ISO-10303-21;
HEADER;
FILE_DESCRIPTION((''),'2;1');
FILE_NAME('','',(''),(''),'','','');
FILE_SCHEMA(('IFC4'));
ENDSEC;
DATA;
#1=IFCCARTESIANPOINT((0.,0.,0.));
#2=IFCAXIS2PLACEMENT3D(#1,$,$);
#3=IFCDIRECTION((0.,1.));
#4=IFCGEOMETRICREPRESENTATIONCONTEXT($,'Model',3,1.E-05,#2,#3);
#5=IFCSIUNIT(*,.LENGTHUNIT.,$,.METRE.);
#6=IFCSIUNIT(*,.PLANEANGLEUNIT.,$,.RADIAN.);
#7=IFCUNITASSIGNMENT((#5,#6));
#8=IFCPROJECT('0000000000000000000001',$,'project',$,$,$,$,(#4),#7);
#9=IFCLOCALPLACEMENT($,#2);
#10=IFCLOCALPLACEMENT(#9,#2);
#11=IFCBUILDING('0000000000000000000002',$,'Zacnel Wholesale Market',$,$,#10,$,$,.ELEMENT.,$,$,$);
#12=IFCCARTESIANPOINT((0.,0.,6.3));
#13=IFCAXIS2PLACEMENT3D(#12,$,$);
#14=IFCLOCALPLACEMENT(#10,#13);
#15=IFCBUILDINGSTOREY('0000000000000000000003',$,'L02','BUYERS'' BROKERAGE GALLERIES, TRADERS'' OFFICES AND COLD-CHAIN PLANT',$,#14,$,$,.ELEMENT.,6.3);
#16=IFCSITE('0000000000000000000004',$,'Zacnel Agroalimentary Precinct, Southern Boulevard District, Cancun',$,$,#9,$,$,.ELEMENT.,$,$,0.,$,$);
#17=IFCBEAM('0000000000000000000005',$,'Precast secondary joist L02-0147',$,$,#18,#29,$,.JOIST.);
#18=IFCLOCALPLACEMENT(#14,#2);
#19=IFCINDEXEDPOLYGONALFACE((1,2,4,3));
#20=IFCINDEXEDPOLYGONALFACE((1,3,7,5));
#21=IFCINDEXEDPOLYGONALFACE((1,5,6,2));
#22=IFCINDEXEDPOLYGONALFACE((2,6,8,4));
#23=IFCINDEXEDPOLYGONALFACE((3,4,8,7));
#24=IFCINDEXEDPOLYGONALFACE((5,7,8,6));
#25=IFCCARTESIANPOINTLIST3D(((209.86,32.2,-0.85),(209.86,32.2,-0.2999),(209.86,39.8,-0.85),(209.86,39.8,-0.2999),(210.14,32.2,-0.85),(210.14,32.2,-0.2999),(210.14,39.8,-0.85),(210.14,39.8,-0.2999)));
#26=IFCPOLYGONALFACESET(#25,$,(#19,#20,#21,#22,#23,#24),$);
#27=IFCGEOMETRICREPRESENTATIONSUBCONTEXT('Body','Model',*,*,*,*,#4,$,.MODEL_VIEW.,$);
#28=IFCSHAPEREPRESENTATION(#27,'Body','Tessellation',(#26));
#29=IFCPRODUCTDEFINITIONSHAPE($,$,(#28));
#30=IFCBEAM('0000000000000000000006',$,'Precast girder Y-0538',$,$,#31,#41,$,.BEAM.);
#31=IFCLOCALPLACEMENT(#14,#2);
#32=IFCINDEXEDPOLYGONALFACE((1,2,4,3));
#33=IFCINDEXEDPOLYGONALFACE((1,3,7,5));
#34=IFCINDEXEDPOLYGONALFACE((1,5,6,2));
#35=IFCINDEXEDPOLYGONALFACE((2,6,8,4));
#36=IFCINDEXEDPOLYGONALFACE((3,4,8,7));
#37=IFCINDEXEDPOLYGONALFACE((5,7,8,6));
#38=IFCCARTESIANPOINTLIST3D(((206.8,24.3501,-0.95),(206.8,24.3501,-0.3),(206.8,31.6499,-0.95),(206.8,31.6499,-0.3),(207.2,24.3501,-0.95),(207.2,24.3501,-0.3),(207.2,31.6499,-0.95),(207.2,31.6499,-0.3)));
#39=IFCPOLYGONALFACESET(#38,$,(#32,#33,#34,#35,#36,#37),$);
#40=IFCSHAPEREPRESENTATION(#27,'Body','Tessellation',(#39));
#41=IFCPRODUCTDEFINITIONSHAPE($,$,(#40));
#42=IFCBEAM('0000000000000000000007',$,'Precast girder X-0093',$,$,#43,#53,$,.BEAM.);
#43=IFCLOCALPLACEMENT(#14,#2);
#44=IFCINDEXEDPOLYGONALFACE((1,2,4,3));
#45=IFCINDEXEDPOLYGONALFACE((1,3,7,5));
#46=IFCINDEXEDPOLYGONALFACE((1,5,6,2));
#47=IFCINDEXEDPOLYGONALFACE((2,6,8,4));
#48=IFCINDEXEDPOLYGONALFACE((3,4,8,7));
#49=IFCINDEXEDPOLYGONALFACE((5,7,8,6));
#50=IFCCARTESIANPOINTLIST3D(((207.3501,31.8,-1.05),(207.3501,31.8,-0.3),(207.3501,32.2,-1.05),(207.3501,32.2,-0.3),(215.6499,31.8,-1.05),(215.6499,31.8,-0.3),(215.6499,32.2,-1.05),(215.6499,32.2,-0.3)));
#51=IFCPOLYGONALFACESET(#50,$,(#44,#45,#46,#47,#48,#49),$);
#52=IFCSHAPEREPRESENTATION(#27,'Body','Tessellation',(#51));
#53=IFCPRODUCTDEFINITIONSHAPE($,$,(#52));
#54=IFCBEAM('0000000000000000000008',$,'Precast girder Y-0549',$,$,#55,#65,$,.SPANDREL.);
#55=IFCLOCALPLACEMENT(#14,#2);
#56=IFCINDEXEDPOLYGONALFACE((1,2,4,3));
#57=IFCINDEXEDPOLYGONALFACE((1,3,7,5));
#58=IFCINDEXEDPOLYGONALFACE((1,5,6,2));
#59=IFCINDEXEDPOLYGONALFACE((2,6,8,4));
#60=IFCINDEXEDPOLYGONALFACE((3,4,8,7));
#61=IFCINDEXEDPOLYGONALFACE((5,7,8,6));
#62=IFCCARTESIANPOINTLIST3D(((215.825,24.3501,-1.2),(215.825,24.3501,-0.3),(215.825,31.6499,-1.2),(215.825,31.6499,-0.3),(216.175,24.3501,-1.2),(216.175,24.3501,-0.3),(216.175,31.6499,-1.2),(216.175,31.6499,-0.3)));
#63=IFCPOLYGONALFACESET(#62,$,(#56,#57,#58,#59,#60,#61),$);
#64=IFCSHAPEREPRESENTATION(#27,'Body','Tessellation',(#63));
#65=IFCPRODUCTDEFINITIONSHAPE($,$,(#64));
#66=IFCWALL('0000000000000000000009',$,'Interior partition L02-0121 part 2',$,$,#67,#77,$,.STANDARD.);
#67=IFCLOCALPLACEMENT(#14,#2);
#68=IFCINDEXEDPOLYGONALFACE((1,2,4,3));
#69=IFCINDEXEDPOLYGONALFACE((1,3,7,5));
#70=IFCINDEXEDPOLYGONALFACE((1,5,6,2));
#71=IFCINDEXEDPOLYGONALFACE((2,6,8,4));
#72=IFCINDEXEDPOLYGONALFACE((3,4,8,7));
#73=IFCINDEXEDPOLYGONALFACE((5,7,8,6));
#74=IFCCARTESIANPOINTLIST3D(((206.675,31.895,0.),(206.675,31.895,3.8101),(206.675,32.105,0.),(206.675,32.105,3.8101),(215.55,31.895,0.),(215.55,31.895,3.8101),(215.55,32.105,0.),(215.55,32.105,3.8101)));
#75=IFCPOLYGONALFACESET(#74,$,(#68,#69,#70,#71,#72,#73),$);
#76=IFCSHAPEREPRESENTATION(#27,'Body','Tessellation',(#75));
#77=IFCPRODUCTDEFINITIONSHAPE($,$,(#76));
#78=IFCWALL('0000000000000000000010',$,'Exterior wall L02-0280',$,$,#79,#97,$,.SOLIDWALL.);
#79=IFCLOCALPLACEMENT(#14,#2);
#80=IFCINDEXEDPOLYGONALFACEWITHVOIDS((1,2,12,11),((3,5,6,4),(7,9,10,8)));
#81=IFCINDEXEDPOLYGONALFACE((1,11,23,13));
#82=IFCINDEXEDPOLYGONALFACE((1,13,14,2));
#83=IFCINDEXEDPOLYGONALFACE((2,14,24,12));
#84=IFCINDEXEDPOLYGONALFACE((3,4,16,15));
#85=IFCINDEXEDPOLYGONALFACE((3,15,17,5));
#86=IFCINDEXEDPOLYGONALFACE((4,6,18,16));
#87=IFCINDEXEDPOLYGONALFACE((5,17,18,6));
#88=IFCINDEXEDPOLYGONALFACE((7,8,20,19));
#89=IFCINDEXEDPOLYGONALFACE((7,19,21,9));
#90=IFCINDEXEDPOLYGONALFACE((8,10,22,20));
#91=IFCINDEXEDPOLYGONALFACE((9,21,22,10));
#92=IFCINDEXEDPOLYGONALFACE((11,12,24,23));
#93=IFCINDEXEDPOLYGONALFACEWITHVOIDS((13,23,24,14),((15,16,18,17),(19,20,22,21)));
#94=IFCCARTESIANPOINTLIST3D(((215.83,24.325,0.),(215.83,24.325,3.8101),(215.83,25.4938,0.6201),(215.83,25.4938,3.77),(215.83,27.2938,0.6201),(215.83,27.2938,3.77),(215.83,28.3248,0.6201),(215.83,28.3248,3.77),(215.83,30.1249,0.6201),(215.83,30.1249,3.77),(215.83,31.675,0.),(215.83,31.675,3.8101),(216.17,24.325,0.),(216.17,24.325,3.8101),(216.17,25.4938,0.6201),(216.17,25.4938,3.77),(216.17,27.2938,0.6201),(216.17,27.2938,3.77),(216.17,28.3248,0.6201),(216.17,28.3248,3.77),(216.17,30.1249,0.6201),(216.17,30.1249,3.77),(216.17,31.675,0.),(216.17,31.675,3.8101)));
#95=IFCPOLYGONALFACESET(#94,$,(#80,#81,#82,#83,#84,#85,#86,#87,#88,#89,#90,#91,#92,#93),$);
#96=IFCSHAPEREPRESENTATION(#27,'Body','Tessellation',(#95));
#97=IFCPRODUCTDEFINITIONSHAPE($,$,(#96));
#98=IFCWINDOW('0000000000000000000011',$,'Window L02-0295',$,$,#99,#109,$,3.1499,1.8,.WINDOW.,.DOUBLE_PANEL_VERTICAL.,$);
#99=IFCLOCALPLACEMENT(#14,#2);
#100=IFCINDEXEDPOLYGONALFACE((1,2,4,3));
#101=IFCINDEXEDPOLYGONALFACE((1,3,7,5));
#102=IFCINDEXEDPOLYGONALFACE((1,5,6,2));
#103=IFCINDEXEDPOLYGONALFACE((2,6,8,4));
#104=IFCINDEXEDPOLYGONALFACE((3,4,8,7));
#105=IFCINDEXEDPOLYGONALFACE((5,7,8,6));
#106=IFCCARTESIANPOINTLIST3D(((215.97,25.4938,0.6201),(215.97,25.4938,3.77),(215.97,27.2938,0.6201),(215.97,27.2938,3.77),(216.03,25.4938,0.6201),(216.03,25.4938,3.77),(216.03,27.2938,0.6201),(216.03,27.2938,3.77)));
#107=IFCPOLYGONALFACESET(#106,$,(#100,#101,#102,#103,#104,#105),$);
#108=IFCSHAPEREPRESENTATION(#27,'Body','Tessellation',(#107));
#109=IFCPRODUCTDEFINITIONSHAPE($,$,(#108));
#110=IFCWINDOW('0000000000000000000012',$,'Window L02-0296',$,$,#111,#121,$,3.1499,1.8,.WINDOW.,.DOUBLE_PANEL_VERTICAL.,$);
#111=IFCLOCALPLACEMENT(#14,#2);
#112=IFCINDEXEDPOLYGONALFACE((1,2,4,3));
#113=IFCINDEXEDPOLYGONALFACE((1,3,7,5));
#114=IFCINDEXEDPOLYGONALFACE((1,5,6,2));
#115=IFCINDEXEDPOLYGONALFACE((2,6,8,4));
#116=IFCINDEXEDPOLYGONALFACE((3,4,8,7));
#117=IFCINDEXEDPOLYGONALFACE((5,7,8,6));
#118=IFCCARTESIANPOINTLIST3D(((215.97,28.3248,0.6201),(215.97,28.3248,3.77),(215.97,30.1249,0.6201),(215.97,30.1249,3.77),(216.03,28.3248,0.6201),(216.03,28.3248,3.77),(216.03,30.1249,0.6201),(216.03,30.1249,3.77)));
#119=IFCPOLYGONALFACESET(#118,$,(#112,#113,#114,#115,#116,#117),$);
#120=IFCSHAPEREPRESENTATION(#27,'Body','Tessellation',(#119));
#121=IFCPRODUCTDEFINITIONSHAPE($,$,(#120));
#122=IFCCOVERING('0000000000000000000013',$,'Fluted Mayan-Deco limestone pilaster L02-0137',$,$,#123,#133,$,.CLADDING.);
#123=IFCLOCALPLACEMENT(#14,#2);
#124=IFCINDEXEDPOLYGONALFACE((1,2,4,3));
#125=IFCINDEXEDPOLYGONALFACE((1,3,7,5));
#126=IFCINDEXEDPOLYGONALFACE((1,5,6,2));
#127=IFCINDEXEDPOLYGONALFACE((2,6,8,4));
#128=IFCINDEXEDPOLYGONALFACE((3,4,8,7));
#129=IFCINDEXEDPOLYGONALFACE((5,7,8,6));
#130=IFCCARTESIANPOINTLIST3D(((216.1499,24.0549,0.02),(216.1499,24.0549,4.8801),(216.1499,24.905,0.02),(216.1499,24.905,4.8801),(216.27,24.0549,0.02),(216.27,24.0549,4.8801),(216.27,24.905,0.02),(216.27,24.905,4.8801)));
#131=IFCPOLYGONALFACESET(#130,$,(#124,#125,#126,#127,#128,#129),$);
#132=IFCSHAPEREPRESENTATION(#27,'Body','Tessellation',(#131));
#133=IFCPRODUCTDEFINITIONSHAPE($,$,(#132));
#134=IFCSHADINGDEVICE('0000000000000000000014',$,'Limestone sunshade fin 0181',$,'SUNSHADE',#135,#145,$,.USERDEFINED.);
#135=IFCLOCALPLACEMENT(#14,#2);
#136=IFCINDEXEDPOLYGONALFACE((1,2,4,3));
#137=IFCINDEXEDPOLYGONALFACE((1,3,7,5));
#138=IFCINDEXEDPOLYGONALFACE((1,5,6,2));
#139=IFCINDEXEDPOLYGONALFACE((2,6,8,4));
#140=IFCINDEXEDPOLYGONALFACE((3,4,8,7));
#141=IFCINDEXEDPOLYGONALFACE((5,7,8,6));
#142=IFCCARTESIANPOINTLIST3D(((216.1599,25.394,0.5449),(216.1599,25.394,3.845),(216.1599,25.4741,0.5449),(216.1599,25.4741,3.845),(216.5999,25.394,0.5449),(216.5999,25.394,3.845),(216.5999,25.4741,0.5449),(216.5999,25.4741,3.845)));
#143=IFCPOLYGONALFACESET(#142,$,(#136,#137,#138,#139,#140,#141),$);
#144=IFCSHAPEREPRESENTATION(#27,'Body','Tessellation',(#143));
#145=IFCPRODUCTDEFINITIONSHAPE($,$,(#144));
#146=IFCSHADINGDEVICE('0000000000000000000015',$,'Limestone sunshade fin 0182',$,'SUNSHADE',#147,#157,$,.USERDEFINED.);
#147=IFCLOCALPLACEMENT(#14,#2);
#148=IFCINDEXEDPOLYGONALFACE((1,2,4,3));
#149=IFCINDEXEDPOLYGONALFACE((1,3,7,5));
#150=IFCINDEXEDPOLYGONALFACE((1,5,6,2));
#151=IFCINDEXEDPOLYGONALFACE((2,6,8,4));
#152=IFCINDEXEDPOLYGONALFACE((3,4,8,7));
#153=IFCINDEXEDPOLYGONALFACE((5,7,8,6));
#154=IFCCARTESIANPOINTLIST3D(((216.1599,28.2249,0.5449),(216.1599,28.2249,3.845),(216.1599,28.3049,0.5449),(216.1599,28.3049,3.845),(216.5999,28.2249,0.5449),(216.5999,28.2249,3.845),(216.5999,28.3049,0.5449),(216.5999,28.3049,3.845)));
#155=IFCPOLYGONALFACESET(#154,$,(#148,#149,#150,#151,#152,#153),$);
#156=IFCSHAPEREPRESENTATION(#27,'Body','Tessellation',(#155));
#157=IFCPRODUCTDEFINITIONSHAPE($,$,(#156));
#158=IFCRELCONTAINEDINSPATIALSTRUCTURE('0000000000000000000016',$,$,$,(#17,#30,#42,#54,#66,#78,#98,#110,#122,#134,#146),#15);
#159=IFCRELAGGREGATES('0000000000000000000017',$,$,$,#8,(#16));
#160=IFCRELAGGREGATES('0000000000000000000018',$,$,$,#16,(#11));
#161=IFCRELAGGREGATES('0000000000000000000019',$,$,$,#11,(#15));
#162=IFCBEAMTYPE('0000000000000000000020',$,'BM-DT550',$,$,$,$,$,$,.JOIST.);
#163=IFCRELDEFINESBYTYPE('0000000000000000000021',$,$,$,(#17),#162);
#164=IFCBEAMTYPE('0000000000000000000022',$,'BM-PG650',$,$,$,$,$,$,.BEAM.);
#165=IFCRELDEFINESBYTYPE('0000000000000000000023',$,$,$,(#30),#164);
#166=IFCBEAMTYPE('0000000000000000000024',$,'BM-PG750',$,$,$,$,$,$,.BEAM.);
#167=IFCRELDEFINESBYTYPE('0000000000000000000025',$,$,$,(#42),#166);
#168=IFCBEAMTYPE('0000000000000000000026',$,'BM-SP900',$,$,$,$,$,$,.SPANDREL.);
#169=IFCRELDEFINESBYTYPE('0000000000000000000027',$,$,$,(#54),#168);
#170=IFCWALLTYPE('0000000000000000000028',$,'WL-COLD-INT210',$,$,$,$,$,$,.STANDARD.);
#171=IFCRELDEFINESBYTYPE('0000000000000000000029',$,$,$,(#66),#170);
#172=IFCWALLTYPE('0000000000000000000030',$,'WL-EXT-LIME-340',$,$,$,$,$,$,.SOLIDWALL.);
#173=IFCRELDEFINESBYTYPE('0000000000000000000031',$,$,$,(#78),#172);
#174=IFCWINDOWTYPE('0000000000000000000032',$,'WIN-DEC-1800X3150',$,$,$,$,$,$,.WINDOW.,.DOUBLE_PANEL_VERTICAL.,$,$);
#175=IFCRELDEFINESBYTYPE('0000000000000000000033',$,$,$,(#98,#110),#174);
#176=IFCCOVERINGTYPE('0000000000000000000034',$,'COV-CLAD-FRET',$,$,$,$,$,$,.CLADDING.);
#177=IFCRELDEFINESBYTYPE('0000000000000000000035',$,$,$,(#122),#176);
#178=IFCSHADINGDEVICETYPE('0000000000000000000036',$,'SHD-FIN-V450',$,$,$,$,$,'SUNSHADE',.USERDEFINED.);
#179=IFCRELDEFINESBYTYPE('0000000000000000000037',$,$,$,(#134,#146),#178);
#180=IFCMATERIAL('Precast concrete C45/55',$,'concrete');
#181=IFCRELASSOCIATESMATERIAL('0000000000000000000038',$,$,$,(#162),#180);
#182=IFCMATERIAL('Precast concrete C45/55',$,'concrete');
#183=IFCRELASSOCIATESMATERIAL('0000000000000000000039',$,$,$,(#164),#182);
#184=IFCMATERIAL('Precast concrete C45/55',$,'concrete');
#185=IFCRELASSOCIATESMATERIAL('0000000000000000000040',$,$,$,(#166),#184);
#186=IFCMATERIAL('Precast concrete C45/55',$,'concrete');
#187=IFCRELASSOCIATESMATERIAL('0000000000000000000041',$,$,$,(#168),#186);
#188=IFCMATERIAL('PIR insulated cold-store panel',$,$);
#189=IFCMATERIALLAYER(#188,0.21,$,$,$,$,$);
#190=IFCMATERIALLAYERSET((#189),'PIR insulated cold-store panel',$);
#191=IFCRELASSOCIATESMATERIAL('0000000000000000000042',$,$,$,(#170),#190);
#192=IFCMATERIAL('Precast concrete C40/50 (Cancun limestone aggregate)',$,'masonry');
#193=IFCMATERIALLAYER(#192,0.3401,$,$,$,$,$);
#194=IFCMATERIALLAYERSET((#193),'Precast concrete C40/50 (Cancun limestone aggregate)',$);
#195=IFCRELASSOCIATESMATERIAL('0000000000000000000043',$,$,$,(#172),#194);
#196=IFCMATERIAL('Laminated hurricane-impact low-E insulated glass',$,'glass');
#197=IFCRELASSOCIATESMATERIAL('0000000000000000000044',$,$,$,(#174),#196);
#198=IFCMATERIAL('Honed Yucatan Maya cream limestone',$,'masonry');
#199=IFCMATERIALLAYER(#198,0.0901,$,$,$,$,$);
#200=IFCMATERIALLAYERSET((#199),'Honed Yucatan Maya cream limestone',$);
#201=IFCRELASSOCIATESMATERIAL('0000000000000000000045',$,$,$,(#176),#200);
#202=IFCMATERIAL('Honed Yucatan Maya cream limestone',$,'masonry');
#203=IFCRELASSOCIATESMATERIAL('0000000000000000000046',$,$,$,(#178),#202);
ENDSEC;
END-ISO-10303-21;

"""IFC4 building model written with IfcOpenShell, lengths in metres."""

from ifc_helpers import new_model, si_unit, direction, frame, frame_2d, origin, origin_2d, place, context, subcontext, project, spatial, rectangle, extrude, material, layer, layer_set, material_profile, profile_set, type_object, element, fill, save


model = new_model("IFC4")

# Units and contexts
model_context = context("Model", 3, precision=1e-05, world=origin(), true_north=direction((0.0, 1.0)))
body_context = subcontext(model_context, "Body", "Model", "MODEL_VIEW")
ifc_project = project(units=[si_unit("LENGTHUNIT", "METRE"), si_unit("PLANEANGLEUNIT", "RADIAN")], contexts=[model_context])

# Site, building, storey
site_placement = place(None, origin())
site = spatial("IfcSite", under=ifc_project, at=site_placement, Name="Zacnel Agroalimentary Precinct, Southern Boulevard District, Cancun", CompositionType="ELEMENT", RefElevation=0.0)
building_placement = place(site_placement, origin())
building = spatial("IfcBuilding", under=site, at=building_placement, Name="Zacnel Wholesale Market", CompositionType="ELEMENT")
storey_placement = place(building_placement, frame((0.0, 0.0, 6.3)))
storey = spatial("IfcBuildingStorey", under=building, at=storey_placement, Name="L02", Description="BUYERS' BROKERAGE GALLERIES, TRADERS' OFFICES AND COLD-CHAIN PLANT", CompositionType="ELEMENT", Elevation=6.3)

# Beams
ifc_material_1 = material(Name="Precast concrete C45/55", Category="concrete")
ifc_material_profile_1 = material_profile(ifc_material_1, rectangle(XDim=0.28, YDim=0.55, at=origin_2d()), Name="DT RIB 280x550")
ifc_profile_set_1 = profile_set([ifc_material_profile_1], Name="Precast concrete C45/55")
beam_type_1 = type_object("IfcBeamType", Name="BM-DT550", PredefinedType="JOIST", material=ifc_profile_set_1)
for number, where, z_axis, x_axis, name in (
    (1, (210.0, 32.2, -0.575), (0.0, 1.0, 0.0), (-1.0, 0.0, 0.0), "Precast secondary joist L02-0147"),
):
    element("IfcBeam", number, at=place(storey_placement, frame(where, z_axis=z_axis, x_axis=x_axis)), inside=storey, type_object=beam_type_1, Name=name, PredefinedType="JOIST", context=body_context, shape_type="SweptSolid", body=[
        extrude(rectangle(XDim=0.28, YDim=0.55, at=origin_2d()), origin(), (0.0, 0.0, 1.0), 7.6001),
    ])
ifc_material_2 = material(Name="Precast concrete C45/55", Category="concrete")
ifc_material_profile_2 = material_profile(ifc_material_2, rectangle(XDim=0.3999, YDim=0.6499, at=origin_2d()), Name="PG 400x650")
ifc_profile_set_2 = profile_set([ifc_material_profile_2], Name="Precast concrete C45/55")
beam_type_2 = type_object("IfcBeamType", Name="BM-PG650", PredefinedType="BEAM", material=ifc_profile_set_2)
beam_1_placement = place(storey_placement, frame((207.0, 24.3501, -0.625), z_axis=(0.0, 1.0, 0.0), x_axis=(-1.0, 0.0, 0.0)))
element("IfcBeam", 2, at=beam_1_placement, inside=storey, type_object=beam_type_2, Name="Precast girder Y-0538", PredefinedType="BEAM", context=body_context, shape_type="SweptSolid", body=[
    extrude(rectangle(XDim=0.3999, YDim=0.6499, at=origin_2d()), origin(), (0.0, 0.0, 1.0), 7.2998),
])
ifc_material_3 = material(Name="Precast concrete C45/55", Category="concrete")
ifc_material_profile_3 = material_profile(ifc_material_3, rectangle(XDim=0.3999, YDim=0.75, at=origin_2d()), Name="PG 400x750")
ifc_profile_set_3 = profile_set([ifc_material_profile_3], Name="Precast concrete C45/55")
beam_type_3 = type_object("IfcBeamType", Name="BM-PG750", PredefinedType="BEAM", material=ifc_profile_set_3)
beam_2_placement = place(storey_placement, frame((207.3501, 32.0, -0.675), z_axis=(1.0, 0.0, 0.0), x_axis=(0.0, 1.0, 0.0)))
element("IfcBeam", 3, at=beam_2_placement, inside=storey, type_object=beam_type_3, Name="Precast girder X-0093", PredefinedType="BEAM", context=body_context, shape_type="SweptSolid", body=[
    extrude(rectangle(XDim=0.3999, YDim=0.75, at=origin_2d()), origin(), (0.0, 0.0, 1.0), 8.2998),
])
ifc_material_4 = material(Name="Precast concrete C45/55", Category="concrete")
ifc_material_profile_4 = material_profile(ifc_material_4, rectangle(XDim=0.3501, YDim=0.8999, at=origin_2d()), Name="SP 350x900")
ifc_profile_set_4 = profile_set([ifc_material_profile_4], Name="Precast concrete C45/55")
beam_type_4 = type_object("IfcBeamType", Name="BM-SP900", PredefinedType="SPANDREL", material=ifc_profile_set_4)
beam_3_placement = place(storey_placement, frame((216.0, 24.3501, -0.75), z_axis=(0.0, 1.0, 0.0), x_axis=(-1.0, 0.0, 0.0)))
element("IfcBeam", 4, at=beam_3_placement, inside=storey, type_object=beam_type_4, Name="Precast girder Y-0549", PredefinedType="SPANDREL", context=body_context, shape_type="SweptSolid", body=[
    extrude(rectangle(XDim=0.3501, YDim=0.8999, at=origin_2d()), origin(), (0.0, 0.0, 1.0), 7.2998),
])

# Wall
ifc_material_5 = material(Name="PIR insulated cold-store panel")
ifc_layer_1 = layer(ifc_material_5, 0.21)
ifc_layer_set_1 = layer_set([ifc_layer_1], Name="PIR insulated cold-store panel")
wall_type_1 = type_object("IfcWallType", Name="WL-COLD-INT210", PredefinedType="STANDARD", material=ifc_layer_set_1)
wall_1_placement = place(storey_placement, frame((206.675, 32.0, 0.0), z_axis=(0.0, 0.0, 1.0), x_axis=(1.0, 0.0, 0.0)))
element("IfcWall", 5, at=wall_1_placement, inside=storey, type_object=wall_type_1, Name="Interior partition L02-0121 part 2", PredefinedType="STANDARD", context=body_context, shape_type="SweptSolid", body=[
    extrude(rectangle(XDim=8.875, YDim=0.21, at=frame_2d((4.4375, 0.0))), origin(), (0.0, 0.0, 1.0), 3.8101),
])

# Wall, openings, windows
ifc_material_6 = material(Name="Precast concrete C40/50 (Cancun limestone aggregate)", Category="masonry")
ifc_layer_2 = layer(ifc_material_6, 0.3401)
ifc_layer_set_2 = layer_set([ifc_layer_2], Name="Precast concrete C40/50 (Cancun limestone aggregate)")
wall_type_2 = type_object("IfcWallType", Name="WL-EXT-LIME-340", PredefinedType="SOLIDWALL", material=ifc_layer_set_2)
wall_2_placement = place(storey_placement, frame((216.0, 24.325, 0.0), z_axis=(0.0, 0.0, 1.0), x_axis=(0.0, 1.0, 0.0)))
wall_2 = element("IfcWall", 6, at=wall_2_placement, inside=storey, type_object=wall_type_2, Name="Exterior wall L02-0280", PredefinedType="SOLIDWALL", context=body_context, shape_type="SweptSolid", body=[
    extrude(rectangle(XDim=7.3501, YDim=0.3401, at=frame_2d((3.675, 0.0))), origin(), (0.0, 0.0, 1.0), 3.8101),
])
opening_1_placement = place(wall_2_placement, frame((1.1689, 0.0, 0.6201)))
opening_1 = element("IfcOpeningElement", 7, at=opening_1_placement, cuts=wall_2, PredefinedType="OPENING", context=body_context, shape_type="SweptSolid", body=[
    extrude(rectangle(XDim=1.8, YDim=3.1499, at=frame_2d((0.8999, 1.575))), frame((0.0, 0.1799, 0.0), z_axis=(0.0, -1.0, 0.0), x_axis=(1.0, 0.0, 0.0)), (0.0, 0.0, 1.0), 0.3601),
])
opening_2_placement = place(wall_2_placement, frame((4.0, 0.0, 0.6201)))
opening_2 = element("IfcOpeningElement", 8, at=opening_2_placement, cuts=wall_2, PredefinedType="OPENING", context=body_context, shape_type="SweptSolid", body=[
    extrude(rectangle(XDim=1.8, YDim=3.1499, at=frame_2d((0.8999, 1.575))), frame((0.0, 0.1799, 0.0), z_axis=(0.0, -1.0, 0.0), x_axis=(1.0, 0.0, 0.0)), (0.0, 0.0, 1.0), 0.3601),
])
ifc_material_7 = material(Name="Laminated hurricane-impact low-E insulated glass", Category="glass")
window_type = type_object("IfcWindowType", Name="WIN-DEC-1800X3150", PartitioningType="DOUBLE_PANEL_VERTICAL", PredefinedType="WINDOW", material=ifc_material_7)
window_1_placement = place(opening_1_placement, origin())
window_1 = element("IfcWindow", 9, at=window_1_placement, inside=storey, type_object=window_type, Name="Window L02-0295", OverallHeight=3.1499, OverallWidth=1.8, PartitioningType="DOUBLE_PANEL_VERTICAL", PredefinedType="WINDOW", context=body_context, shape_type="SweptSolid", body=[
    extrude(rectangle(XDim=1.8, YDim=3.1499, at=frame_2d((0.8999, 1.575))), frame((0.0, 0.03, 0.0), z_axis=(0.0, -1.0, 0.0), x_axis=(1.0, 0.0, 0.0)), (0.0, 0.0, 1.0), 0.0601),
])
fill(opening_1, window_1)
window_2_placement = place(opening_2_placement, origin())
window_2 = element("IfcWindow", 10, at=window_2_placement, inside=storey, type_object=window_type, Name="Window L02-0296", OverallHeight=3.1499, OverallWidth=1.8, PartitioningType="DOUBLE_PANEL_VERTICAL", PredefinedType="WINDOW", context=body_context, shape_type="SweptSolid", body=[
    extrude(rectangle(XDim=1.8, YDim=3.1499, at=frame_2d((0.8999, 1.575))), frame((0.0, 0.03, 0.0), z_axis=(0.0, -1.0, 0.0), x_axis=(1.0, 0.0, 0.0)), (0.0, 0.0, 1.0), 0.0601),
])
fill(opening_2, window_2)

# Covering
ifc_material_8 = material(Name="Honed Yucatan Maya cream limestone", Category="masonry")
ifc_layer_3 = layer(ifc_material_8, 0.0901)
ifc_layer_set_3 = layer_set([ifc_layer_3], Name="Honed Yucatan Maya cream limestone")
covering_type = type_object("IfcCoveringType", Name="COV-CLAD-FRET", PredefinedType="CLADDING", material=ifc_layer_set_3)
covering_placement = place(storey_placement, frame((216.21, 24.48, 0.02), z_axis=(0.0, 0.0, 1.0), x_axis=(0.0, 1.0, 0.0)))
element("IfcCovering", 11, at=covering_placement, inside=storey, type_object=covering_type, Name="Fluted Mayan-Deco limestone pilaster L02-0137", PredefinedType="CLADDING", context=body_context, shape_type="SweptSolid", body=[
    extrude(rectangle(XDim=0.8501, YDim=0.1201, at=origin_2d()), origin(), (0.0, 0.0, 1.0), 4.8601),
])

# Shading devices
ifc_material_9 = material(Name="Honed Yucatan Maya cream limestone", Category="masonry")
shading_device_type = type_object("IfcShadingDeviceType", Name="SHD-FIN-V450", ElementType="SUNSHADE", PredefinedType="USERDEFINED", material=ifc_material_9)
for number, where, z_axis, x_axis, name in (
    (12, (216.3799, 25.4341, 0.5449), (0.0, 0.0, 1.0), (0.0, 1.0, 0.0), "Limestone sunshade fin 0181"),
    (13, (216.3799, 28.2649, 0.5449), (0.0, 0.0, 1.0), (0.0, 1.0, 0.0), "Limestone sunshade fin 0182"),
):
    element("IfcShadingDevice", number, at=place(storey_placement, frame(where, z_axis=z_axis, x_axis=x_axis)), inside=storey, type_object=shading_device_type, Name=name, ObjectType="SUNSHADE", PredefinedType="USERDEFINED", context=body_context, shape_type="SweptSolid", body=[
        extrude(rectangle(XDim=0.0801, YDim=0.4399, at=origin_2d()), origin(), (0.0, 0.0, 1.0), 3.3),
    ])

save(model, "model.ifc")
